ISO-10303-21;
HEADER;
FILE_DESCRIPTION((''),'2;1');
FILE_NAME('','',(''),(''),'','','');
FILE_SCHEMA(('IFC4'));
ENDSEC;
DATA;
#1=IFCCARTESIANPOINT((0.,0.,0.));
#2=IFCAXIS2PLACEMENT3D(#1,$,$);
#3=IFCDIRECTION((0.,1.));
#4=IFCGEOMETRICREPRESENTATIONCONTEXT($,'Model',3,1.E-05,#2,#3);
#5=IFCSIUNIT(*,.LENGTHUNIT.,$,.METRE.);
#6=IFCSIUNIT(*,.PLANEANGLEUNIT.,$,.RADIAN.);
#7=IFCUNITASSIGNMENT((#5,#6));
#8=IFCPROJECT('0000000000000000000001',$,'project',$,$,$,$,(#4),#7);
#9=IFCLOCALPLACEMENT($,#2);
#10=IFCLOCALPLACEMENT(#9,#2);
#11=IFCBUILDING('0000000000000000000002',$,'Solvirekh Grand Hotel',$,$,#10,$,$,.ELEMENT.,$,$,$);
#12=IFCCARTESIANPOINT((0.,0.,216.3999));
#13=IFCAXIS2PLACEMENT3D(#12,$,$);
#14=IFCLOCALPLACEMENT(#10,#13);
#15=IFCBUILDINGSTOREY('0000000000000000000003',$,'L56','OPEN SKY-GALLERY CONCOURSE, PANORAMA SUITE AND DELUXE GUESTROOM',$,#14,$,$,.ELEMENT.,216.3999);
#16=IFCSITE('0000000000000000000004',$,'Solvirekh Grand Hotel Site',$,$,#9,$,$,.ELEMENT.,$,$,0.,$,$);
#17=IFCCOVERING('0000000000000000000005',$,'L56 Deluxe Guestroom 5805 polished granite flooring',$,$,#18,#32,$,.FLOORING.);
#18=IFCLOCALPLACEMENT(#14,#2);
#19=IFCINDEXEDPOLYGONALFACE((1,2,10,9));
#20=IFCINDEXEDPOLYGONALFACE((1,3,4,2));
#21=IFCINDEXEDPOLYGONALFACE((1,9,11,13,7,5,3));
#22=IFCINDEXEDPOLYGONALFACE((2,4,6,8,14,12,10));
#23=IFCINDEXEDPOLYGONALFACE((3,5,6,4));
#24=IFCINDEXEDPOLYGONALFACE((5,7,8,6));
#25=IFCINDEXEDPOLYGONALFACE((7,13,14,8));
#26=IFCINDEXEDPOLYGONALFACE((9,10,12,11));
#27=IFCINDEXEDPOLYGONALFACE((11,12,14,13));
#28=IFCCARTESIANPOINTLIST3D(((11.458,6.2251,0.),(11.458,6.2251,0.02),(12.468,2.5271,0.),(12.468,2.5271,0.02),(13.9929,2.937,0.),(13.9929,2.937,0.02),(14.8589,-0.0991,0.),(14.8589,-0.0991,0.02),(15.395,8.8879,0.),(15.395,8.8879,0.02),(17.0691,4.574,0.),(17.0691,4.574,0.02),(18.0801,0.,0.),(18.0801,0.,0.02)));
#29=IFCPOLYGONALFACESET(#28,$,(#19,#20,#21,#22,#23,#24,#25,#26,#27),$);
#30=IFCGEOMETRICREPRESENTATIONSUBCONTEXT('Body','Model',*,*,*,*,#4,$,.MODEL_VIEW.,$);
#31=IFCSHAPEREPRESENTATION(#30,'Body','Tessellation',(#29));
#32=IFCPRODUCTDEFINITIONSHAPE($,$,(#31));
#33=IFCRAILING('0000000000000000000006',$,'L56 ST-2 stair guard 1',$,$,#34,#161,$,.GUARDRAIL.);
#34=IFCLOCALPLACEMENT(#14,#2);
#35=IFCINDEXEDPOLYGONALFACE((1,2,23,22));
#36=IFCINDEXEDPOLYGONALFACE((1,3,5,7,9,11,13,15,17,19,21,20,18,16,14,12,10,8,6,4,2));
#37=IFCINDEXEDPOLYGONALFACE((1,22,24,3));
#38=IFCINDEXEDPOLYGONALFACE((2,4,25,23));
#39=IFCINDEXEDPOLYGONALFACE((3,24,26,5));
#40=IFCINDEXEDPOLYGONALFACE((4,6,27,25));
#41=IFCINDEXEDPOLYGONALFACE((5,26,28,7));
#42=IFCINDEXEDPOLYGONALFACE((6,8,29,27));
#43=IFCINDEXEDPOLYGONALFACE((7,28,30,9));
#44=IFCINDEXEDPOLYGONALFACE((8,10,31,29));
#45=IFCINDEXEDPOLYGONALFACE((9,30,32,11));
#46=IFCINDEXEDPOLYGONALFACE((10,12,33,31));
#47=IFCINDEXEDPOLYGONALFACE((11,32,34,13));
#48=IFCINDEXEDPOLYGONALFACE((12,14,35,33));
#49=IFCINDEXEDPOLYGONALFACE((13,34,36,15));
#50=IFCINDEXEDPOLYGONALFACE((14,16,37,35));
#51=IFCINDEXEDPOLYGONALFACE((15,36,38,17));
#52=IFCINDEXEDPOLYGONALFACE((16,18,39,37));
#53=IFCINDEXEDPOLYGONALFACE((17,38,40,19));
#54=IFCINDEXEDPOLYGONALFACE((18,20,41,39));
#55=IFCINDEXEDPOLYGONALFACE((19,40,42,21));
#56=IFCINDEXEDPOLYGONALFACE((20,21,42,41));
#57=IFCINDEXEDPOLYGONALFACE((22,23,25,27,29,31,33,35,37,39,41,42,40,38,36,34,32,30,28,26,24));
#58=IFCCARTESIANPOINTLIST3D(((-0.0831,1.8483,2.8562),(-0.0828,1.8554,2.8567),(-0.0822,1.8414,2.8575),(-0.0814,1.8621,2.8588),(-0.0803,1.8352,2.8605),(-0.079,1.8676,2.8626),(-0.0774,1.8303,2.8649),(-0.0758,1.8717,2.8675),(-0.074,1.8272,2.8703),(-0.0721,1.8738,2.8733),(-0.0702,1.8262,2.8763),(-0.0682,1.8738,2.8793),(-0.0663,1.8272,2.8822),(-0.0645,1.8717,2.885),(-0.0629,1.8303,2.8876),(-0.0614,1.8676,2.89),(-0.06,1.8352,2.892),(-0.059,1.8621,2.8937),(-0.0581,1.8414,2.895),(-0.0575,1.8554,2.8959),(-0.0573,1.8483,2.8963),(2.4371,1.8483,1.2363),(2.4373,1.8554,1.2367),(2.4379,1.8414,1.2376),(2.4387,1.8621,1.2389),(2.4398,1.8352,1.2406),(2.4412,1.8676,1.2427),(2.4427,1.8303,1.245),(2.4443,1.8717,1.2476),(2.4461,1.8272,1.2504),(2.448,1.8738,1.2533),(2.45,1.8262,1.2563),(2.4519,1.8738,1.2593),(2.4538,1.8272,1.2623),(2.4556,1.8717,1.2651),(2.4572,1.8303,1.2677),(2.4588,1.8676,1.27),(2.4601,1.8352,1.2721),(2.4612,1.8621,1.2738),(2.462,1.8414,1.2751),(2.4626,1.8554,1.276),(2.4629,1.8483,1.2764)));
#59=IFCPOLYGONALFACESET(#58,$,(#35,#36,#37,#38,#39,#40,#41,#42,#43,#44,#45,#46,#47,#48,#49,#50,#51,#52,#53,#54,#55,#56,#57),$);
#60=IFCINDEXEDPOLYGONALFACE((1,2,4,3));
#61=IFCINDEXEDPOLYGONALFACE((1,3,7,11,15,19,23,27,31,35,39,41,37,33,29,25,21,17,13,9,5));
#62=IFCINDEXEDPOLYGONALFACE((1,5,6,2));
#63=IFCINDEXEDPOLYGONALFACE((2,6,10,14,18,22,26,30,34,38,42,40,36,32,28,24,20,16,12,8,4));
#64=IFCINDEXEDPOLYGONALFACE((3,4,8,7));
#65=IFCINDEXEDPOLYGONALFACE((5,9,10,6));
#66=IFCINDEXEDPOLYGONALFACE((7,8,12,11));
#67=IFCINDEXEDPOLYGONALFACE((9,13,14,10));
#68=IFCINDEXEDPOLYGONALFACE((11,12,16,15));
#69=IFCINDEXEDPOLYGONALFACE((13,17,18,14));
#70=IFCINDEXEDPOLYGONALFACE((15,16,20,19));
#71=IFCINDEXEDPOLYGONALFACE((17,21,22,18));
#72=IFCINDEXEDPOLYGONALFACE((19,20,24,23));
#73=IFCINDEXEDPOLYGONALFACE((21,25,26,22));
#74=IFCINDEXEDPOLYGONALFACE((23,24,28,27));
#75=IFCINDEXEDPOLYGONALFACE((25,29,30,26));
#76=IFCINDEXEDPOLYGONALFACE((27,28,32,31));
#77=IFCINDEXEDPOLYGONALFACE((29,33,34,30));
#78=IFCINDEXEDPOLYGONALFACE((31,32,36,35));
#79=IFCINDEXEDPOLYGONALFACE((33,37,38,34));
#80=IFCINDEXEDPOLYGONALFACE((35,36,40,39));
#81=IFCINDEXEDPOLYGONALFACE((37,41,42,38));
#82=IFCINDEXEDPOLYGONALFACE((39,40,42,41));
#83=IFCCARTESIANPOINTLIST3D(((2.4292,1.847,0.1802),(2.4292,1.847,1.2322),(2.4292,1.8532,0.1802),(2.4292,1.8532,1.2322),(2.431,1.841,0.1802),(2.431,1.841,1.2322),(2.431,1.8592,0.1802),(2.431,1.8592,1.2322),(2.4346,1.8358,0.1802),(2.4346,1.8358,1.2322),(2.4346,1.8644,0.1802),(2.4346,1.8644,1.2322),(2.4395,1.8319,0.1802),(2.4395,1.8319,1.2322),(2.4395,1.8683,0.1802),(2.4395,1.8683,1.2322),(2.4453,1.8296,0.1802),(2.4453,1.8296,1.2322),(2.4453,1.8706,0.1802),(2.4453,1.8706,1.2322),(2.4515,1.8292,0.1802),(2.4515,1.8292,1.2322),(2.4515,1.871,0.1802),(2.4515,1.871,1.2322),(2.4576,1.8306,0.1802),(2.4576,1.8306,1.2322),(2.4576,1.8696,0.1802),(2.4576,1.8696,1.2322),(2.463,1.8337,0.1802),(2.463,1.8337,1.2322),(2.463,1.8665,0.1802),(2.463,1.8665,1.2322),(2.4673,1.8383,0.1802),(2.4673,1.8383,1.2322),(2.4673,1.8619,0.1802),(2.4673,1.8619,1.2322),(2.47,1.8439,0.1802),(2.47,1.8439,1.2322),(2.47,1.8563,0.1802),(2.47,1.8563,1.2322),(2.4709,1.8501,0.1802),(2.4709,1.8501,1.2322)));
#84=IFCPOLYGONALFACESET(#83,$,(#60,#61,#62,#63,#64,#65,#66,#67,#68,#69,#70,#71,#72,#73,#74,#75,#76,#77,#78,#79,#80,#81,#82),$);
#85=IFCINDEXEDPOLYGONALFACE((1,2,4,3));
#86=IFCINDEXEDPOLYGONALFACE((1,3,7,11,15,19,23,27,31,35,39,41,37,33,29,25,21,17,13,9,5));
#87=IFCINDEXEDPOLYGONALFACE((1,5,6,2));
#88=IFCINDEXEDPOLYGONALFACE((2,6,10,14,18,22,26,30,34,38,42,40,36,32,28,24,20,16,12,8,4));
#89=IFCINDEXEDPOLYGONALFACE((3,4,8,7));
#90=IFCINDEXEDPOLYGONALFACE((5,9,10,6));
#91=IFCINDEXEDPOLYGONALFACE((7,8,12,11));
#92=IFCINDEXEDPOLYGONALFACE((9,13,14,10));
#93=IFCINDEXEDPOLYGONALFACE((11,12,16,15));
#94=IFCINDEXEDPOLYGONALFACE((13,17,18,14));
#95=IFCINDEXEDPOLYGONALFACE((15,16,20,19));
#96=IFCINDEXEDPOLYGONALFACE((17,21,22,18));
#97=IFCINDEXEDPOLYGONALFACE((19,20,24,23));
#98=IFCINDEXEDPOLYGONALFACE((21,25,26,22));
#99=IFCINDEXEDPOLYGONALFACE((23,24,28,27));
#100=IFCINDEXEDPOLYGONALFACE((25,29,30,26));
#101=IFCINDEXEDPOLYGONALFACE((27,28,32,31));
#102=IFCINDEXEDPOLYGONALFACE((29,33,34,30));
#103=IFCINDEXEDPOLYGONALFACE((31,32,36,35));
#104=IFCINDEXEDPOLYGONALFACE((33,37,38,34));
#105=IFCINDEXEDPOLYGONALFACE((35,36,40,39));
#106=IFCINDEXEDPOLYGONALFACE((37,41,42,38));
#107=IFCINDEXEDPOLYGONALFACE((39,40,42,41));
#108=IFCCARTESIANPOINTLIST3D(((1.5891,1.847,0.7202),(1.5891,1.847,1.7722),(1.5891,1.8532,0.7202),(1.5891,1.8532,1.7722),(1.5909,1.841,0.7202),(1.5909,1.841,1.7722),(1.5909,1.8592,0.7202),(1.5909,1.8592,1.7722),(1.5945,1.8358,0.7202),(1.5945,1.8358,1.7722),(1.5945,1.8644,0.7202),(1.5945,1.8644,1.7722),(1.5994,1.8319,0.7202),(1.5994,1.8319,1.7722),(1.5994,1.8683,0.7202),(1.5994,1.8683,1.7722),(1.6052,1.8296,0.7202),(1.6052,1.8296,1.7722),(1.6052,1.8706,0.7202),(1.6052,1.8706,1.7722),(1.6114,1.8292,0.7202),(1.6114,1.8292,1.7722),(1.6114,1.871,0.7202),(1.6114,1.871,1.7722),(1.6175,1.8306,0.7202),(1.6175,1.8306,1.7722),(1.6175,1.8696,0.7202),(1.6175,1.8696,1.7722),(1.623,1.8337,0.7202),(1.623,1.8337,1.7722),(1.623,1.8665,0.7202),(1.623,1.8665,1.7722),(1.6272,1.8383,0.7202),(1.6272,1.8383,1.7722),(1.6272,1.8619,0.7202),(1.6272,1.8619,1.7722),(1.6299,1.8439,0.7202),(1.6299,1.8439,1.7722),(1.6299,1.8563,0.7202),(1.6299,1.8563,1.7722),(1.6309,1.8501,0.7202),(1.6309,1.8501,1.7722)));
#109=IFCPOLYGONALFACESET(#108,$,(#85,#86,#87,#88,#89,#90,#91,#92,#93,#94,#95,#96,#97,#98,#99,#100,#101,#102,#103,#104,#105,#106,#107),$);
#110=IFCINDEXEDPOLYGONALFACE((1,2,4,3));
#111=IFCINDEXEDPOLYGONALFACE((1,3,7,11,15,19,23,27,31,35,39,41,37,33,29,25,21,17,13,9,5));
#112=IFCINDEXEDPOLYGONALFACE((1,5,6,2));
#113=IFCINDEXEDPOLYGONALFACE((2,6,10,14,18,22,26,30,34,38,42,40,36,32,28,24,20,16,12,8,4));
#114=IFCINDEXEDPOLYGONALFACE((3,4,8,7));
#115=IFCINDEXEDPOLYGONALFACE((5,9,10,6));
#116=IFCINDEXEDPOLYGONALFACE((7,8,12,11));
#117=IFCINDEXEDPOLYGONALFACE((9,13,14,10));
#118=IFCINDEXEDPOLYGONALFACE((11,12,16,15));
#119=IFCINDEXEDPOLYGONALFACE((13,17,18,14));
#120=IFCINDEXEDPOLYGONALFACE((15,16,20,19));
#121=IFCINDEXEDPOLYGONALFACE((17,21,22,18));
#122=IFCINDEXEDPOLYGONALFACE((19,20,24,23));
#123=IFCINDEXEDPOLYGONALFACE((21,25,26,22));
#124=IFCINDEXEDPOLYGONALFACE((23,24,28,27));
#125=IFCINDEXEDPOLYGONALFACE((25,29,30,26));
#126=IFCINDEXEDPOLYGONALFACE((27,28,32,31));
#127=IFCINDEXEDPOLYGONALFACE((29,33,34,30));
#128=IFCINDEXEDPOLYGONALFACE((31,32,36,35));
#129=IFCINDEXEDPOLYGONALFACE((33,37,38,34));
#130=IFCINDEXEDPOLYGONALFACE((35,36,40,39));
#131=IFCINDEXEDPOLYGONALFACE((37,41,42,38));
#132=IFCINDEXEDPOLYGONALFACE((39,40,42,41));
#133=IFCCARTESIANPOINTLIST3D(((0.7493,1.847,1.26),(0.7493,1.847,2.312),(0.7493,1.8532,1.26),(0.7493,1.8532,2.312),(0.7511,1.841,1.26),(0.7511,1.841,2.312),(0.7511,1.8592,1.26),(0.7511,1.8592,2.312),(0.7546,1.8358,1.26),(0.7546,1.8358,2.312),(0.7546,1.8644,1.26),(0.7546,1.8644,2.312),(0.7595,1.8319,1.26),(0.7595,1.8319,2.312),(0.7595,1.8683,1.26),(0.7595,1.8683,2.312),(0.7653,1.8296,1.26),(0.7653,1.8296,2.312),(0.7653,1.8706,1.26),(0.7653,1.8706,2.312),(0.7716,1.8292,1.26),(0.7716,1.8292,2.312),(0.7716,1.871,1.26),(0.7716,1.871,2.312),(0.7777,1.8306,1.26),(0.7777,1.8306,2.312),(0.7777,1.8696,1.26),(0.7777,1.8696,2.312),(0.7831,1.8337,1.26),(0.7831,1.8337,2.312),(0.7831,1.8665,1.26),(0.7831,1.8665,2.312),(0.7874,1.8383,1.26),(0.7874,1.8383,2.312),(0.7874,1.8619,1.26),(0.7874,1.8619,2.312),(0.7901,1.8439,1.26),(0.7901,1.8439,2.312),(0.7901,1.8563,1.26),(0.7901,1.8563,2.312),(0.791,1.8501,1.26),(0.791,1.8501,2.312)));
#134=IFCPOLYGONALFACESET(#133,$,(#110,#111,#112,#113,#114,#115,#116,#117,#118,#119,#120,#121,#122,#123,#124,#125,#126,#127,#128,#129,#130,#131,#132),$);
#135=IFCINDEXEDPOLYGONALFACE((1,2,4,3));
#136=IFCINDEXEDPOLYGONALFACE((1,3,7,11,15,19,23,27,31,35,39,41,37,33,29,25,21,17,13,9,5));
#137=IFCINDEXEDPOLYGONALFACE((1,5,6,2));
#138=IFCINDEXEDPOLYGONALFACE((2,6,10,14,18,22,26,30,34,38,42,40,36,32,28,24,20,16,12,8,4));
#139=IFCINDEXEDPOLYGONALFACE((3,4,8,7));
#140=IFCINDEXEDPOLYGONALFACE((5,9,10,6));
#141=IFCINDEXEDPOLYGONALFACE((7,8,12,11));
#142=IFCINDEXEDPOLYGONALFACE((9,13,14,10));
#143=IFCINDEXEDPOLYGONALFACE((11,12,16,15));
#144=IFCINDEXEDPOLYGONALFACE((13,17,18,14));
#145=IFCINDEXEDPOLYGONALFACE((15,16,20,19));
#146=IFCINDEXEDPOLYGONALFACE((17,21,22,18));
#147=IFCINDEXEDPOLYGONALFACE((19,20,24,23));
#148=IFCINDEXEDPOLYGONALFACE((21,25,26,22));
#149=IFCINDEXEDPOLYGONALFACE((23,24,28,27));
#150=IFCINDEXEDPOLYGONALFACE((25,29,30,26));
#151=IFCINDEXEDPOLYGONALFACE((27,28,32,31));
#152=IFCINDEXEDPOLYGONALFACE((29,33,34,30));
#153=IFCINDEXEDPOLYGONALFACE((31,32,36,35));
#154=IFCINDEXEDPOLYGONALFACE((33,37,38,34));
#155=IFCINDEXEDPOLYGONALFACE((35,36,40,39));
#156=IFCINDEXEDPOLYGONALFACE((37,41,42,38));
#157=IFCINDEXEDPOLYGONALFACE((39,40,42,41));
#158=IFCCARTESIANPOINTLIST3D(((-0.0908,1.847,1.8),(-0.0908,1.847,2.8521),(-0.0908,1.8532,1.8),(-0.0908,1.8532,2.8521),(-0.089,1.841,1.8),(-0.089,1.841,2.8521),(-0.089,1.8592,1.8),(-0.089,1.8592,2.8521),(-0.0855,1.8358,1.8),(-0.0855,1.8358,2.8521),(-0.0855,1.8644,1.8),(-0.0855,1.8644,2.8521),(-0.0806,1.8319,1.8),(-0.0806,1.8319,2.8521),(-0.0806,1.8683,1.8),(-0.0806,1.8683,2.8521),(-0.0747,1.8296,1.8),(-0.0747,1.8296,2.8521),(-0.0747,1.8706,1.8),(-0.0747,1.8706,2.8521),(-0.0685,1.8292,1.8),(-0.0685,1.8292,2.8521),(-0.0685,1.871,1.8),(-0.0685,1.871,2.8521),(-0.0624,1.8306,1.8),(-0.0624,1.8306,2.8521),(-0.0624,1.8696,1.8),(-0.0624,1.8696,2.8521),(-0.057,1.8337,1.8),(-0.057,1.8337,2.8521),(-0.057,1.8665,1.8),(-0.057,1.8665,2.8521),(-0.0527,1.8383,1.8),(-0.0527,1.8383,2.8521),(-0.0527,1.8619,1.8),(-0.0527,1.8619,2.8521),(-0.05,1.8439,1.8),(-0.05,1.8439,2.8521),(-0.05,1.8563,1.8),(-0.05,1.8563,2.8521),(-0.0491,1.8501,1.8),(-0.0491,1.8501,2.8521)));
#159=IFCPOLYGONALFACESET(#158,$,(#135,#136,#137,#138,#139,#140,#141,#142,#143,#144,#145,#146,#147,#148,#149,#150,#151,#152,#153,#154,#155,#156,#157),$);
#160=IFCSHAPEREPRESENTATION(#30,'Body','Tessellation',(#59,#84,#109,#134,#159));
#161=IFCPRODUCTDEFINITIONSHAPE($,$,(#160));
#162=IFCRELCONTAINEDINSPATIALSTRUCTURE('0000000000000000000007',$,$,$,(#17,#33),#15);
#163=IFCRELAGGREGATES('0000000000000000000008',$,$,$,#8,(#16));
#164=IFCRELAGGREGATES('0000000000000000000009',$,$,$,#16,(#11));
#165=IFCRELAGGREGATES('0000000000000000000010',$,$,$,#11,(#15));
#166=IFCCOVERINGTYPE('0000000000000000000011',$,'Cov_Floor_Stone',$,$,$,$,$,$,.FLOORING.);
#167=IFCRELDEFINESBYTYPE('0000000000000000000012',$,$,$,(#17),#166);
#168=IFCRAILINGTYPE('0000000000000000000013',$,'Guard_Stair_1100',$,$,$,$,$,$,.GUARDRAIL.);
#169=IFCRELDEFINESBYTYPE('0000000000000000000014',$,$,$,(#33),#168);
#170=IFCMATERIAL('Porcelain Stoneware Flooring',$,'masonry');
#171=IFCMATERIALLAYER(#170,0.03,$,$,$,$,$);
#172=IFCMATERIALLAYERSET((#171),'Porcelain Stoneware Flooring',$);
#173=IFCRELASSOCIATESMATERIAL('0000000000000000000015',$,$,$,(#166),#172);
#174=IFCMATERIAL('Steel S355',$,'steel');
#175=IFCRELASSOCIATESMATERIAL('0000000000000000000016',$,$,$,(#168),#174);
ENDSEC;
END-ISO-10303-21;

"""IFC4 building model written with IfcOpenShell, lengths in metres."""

from ifc_helpers import new_model, si_unit, direction, frame, origin, origin_2d, place, context, subcontext, project, spatial, polyline, circle, outline, extrude, material, layer, layer_set, type_object, element, save


model = new_model("IFC4")

# Units and contexts
model_context = context("Model", 3, precision=1e-05, world=origin(), true_north=direction((0.0, 1.0)))
body_context = subcontext(model_context, "Body", "Model", "MODEL_VIEW")
ifc_project = project(units=[si_unit("LENGTHUNIT", "METRE"), si_unit("PLANEANGLEUNIT", "RADIAN")], contexts=[model_context])

# Site, building, storey
site_placement = place(None, origin())
site = spatial("IfcSite", under=ifc_project, at=site_placement, Name="Solvirekh Grand Hotel Site", CompositionType="ELEMENT", RefElevation=0.0)
building_placement = place(site_placement, origin())
building = spatial("IfcBuilding", under=site, at=building_placement, Name="Solvirekh Grand Hotel", CompositionType="ELEMENT")
storey_placement = place(building_placement, frame((0.0, 0.0, 216.3999)))
storey = spatial("IfcBuildingStorey", under=building, at=storey_placement, Name="L56", Description="OPEN SKY-GALLERY CONCOURSE, PANORAMA SUITE AND DELUXE GUESTROOM", CompositionType="ELEMENT", Elevation=216.3999)

# Shared definitions
ifc_material_1 = material(Name="Steel S355", Category="steel")

# Covering
ifc_material_2 = material(Name="Porcelain Stoneware Flooring", Category="masonry")
ifc_layer_1 = layer(ifc_material_2, 0.03)
ifc_layer_set_1 = layer_set([ifc_layer_1], Name="Porcelain Stoneware Flooring")
covering_type_1 = type_object("IfcCoveringType", Name="Cov_Floor_Stone", PredefinedType="FLOORING", material=ifc_layer_set_1)
covering_1_placement = place(storey_placement, origin())
element("IfcCovering", 1, at=covering_1_placement, inside=storey, type_object=covering_type_1, Name="L56 Deluxe Guestroom 5805 polished granite flooring", PredefinedType="FLOORING", context=body_context, shape_type="SweptSolid", body=[
    extrude(outline(polyline([(13.9929, 2.937), (14.8589, -0.0991), (18.0801, 0.0), (17.0691, 4.574), (15.395, 8.8879), (11.458, 6.2251), (12.468, 2.5271), (13.9929, 2.937)])), origin(), (0.0, 0.0, 1.0), 0.02),
])

# Railing
railing_type_1 = type_object("IfcRailingType", Name="Guard_Stair_1100", PredefinedType="GUARDRAIL", material=ifc_material_1)
railing_1_placement = place(storey_placement, frame((2.45, 1.8501, 0.1802)))
element("IfcRailing", 2, at=railing_1_placement, inside=storey, type_object=railing_type_1, Name="L56 ST-2 stair guard 1", PredefinedType="GUARDRAIL", context=body_context, shape_type="SweptSolid", body=[
    extrude(circle(Radius=0.0239, at=origin_2d()), frame((0.0, 0.0, 1.0762), z_axis=(-0.8412, 0.0, 0.540725), x_axis=(0.0, -1.0, 0.0)), (0.0, 0.0, 1.0), 2.9958),
    extrude(circle(Radius=0.021, at=origin_2d()), origin(), (0.0, 0.0, 1.0), 1.052),
    extrude(circle(Radius=0.021, at=origin_2d()), frame((-0.8401, 0.0, 0.54)), (0.0, 0.0, 1.0), 1.052),
    extrude(circle(Radius=0.021, at=origin_2d()), frame((-1.6799, 0.0, 1.0798)), (0.0, 0.0, 1.0), 1.052),
    extrude(circle(Radius=0.021, at=origin_2d()), frame((-2.52, 0.0, 1.6199)), (0.0, 0.0, 1.0), 1.052),
])

save(model, "model.ifc")
